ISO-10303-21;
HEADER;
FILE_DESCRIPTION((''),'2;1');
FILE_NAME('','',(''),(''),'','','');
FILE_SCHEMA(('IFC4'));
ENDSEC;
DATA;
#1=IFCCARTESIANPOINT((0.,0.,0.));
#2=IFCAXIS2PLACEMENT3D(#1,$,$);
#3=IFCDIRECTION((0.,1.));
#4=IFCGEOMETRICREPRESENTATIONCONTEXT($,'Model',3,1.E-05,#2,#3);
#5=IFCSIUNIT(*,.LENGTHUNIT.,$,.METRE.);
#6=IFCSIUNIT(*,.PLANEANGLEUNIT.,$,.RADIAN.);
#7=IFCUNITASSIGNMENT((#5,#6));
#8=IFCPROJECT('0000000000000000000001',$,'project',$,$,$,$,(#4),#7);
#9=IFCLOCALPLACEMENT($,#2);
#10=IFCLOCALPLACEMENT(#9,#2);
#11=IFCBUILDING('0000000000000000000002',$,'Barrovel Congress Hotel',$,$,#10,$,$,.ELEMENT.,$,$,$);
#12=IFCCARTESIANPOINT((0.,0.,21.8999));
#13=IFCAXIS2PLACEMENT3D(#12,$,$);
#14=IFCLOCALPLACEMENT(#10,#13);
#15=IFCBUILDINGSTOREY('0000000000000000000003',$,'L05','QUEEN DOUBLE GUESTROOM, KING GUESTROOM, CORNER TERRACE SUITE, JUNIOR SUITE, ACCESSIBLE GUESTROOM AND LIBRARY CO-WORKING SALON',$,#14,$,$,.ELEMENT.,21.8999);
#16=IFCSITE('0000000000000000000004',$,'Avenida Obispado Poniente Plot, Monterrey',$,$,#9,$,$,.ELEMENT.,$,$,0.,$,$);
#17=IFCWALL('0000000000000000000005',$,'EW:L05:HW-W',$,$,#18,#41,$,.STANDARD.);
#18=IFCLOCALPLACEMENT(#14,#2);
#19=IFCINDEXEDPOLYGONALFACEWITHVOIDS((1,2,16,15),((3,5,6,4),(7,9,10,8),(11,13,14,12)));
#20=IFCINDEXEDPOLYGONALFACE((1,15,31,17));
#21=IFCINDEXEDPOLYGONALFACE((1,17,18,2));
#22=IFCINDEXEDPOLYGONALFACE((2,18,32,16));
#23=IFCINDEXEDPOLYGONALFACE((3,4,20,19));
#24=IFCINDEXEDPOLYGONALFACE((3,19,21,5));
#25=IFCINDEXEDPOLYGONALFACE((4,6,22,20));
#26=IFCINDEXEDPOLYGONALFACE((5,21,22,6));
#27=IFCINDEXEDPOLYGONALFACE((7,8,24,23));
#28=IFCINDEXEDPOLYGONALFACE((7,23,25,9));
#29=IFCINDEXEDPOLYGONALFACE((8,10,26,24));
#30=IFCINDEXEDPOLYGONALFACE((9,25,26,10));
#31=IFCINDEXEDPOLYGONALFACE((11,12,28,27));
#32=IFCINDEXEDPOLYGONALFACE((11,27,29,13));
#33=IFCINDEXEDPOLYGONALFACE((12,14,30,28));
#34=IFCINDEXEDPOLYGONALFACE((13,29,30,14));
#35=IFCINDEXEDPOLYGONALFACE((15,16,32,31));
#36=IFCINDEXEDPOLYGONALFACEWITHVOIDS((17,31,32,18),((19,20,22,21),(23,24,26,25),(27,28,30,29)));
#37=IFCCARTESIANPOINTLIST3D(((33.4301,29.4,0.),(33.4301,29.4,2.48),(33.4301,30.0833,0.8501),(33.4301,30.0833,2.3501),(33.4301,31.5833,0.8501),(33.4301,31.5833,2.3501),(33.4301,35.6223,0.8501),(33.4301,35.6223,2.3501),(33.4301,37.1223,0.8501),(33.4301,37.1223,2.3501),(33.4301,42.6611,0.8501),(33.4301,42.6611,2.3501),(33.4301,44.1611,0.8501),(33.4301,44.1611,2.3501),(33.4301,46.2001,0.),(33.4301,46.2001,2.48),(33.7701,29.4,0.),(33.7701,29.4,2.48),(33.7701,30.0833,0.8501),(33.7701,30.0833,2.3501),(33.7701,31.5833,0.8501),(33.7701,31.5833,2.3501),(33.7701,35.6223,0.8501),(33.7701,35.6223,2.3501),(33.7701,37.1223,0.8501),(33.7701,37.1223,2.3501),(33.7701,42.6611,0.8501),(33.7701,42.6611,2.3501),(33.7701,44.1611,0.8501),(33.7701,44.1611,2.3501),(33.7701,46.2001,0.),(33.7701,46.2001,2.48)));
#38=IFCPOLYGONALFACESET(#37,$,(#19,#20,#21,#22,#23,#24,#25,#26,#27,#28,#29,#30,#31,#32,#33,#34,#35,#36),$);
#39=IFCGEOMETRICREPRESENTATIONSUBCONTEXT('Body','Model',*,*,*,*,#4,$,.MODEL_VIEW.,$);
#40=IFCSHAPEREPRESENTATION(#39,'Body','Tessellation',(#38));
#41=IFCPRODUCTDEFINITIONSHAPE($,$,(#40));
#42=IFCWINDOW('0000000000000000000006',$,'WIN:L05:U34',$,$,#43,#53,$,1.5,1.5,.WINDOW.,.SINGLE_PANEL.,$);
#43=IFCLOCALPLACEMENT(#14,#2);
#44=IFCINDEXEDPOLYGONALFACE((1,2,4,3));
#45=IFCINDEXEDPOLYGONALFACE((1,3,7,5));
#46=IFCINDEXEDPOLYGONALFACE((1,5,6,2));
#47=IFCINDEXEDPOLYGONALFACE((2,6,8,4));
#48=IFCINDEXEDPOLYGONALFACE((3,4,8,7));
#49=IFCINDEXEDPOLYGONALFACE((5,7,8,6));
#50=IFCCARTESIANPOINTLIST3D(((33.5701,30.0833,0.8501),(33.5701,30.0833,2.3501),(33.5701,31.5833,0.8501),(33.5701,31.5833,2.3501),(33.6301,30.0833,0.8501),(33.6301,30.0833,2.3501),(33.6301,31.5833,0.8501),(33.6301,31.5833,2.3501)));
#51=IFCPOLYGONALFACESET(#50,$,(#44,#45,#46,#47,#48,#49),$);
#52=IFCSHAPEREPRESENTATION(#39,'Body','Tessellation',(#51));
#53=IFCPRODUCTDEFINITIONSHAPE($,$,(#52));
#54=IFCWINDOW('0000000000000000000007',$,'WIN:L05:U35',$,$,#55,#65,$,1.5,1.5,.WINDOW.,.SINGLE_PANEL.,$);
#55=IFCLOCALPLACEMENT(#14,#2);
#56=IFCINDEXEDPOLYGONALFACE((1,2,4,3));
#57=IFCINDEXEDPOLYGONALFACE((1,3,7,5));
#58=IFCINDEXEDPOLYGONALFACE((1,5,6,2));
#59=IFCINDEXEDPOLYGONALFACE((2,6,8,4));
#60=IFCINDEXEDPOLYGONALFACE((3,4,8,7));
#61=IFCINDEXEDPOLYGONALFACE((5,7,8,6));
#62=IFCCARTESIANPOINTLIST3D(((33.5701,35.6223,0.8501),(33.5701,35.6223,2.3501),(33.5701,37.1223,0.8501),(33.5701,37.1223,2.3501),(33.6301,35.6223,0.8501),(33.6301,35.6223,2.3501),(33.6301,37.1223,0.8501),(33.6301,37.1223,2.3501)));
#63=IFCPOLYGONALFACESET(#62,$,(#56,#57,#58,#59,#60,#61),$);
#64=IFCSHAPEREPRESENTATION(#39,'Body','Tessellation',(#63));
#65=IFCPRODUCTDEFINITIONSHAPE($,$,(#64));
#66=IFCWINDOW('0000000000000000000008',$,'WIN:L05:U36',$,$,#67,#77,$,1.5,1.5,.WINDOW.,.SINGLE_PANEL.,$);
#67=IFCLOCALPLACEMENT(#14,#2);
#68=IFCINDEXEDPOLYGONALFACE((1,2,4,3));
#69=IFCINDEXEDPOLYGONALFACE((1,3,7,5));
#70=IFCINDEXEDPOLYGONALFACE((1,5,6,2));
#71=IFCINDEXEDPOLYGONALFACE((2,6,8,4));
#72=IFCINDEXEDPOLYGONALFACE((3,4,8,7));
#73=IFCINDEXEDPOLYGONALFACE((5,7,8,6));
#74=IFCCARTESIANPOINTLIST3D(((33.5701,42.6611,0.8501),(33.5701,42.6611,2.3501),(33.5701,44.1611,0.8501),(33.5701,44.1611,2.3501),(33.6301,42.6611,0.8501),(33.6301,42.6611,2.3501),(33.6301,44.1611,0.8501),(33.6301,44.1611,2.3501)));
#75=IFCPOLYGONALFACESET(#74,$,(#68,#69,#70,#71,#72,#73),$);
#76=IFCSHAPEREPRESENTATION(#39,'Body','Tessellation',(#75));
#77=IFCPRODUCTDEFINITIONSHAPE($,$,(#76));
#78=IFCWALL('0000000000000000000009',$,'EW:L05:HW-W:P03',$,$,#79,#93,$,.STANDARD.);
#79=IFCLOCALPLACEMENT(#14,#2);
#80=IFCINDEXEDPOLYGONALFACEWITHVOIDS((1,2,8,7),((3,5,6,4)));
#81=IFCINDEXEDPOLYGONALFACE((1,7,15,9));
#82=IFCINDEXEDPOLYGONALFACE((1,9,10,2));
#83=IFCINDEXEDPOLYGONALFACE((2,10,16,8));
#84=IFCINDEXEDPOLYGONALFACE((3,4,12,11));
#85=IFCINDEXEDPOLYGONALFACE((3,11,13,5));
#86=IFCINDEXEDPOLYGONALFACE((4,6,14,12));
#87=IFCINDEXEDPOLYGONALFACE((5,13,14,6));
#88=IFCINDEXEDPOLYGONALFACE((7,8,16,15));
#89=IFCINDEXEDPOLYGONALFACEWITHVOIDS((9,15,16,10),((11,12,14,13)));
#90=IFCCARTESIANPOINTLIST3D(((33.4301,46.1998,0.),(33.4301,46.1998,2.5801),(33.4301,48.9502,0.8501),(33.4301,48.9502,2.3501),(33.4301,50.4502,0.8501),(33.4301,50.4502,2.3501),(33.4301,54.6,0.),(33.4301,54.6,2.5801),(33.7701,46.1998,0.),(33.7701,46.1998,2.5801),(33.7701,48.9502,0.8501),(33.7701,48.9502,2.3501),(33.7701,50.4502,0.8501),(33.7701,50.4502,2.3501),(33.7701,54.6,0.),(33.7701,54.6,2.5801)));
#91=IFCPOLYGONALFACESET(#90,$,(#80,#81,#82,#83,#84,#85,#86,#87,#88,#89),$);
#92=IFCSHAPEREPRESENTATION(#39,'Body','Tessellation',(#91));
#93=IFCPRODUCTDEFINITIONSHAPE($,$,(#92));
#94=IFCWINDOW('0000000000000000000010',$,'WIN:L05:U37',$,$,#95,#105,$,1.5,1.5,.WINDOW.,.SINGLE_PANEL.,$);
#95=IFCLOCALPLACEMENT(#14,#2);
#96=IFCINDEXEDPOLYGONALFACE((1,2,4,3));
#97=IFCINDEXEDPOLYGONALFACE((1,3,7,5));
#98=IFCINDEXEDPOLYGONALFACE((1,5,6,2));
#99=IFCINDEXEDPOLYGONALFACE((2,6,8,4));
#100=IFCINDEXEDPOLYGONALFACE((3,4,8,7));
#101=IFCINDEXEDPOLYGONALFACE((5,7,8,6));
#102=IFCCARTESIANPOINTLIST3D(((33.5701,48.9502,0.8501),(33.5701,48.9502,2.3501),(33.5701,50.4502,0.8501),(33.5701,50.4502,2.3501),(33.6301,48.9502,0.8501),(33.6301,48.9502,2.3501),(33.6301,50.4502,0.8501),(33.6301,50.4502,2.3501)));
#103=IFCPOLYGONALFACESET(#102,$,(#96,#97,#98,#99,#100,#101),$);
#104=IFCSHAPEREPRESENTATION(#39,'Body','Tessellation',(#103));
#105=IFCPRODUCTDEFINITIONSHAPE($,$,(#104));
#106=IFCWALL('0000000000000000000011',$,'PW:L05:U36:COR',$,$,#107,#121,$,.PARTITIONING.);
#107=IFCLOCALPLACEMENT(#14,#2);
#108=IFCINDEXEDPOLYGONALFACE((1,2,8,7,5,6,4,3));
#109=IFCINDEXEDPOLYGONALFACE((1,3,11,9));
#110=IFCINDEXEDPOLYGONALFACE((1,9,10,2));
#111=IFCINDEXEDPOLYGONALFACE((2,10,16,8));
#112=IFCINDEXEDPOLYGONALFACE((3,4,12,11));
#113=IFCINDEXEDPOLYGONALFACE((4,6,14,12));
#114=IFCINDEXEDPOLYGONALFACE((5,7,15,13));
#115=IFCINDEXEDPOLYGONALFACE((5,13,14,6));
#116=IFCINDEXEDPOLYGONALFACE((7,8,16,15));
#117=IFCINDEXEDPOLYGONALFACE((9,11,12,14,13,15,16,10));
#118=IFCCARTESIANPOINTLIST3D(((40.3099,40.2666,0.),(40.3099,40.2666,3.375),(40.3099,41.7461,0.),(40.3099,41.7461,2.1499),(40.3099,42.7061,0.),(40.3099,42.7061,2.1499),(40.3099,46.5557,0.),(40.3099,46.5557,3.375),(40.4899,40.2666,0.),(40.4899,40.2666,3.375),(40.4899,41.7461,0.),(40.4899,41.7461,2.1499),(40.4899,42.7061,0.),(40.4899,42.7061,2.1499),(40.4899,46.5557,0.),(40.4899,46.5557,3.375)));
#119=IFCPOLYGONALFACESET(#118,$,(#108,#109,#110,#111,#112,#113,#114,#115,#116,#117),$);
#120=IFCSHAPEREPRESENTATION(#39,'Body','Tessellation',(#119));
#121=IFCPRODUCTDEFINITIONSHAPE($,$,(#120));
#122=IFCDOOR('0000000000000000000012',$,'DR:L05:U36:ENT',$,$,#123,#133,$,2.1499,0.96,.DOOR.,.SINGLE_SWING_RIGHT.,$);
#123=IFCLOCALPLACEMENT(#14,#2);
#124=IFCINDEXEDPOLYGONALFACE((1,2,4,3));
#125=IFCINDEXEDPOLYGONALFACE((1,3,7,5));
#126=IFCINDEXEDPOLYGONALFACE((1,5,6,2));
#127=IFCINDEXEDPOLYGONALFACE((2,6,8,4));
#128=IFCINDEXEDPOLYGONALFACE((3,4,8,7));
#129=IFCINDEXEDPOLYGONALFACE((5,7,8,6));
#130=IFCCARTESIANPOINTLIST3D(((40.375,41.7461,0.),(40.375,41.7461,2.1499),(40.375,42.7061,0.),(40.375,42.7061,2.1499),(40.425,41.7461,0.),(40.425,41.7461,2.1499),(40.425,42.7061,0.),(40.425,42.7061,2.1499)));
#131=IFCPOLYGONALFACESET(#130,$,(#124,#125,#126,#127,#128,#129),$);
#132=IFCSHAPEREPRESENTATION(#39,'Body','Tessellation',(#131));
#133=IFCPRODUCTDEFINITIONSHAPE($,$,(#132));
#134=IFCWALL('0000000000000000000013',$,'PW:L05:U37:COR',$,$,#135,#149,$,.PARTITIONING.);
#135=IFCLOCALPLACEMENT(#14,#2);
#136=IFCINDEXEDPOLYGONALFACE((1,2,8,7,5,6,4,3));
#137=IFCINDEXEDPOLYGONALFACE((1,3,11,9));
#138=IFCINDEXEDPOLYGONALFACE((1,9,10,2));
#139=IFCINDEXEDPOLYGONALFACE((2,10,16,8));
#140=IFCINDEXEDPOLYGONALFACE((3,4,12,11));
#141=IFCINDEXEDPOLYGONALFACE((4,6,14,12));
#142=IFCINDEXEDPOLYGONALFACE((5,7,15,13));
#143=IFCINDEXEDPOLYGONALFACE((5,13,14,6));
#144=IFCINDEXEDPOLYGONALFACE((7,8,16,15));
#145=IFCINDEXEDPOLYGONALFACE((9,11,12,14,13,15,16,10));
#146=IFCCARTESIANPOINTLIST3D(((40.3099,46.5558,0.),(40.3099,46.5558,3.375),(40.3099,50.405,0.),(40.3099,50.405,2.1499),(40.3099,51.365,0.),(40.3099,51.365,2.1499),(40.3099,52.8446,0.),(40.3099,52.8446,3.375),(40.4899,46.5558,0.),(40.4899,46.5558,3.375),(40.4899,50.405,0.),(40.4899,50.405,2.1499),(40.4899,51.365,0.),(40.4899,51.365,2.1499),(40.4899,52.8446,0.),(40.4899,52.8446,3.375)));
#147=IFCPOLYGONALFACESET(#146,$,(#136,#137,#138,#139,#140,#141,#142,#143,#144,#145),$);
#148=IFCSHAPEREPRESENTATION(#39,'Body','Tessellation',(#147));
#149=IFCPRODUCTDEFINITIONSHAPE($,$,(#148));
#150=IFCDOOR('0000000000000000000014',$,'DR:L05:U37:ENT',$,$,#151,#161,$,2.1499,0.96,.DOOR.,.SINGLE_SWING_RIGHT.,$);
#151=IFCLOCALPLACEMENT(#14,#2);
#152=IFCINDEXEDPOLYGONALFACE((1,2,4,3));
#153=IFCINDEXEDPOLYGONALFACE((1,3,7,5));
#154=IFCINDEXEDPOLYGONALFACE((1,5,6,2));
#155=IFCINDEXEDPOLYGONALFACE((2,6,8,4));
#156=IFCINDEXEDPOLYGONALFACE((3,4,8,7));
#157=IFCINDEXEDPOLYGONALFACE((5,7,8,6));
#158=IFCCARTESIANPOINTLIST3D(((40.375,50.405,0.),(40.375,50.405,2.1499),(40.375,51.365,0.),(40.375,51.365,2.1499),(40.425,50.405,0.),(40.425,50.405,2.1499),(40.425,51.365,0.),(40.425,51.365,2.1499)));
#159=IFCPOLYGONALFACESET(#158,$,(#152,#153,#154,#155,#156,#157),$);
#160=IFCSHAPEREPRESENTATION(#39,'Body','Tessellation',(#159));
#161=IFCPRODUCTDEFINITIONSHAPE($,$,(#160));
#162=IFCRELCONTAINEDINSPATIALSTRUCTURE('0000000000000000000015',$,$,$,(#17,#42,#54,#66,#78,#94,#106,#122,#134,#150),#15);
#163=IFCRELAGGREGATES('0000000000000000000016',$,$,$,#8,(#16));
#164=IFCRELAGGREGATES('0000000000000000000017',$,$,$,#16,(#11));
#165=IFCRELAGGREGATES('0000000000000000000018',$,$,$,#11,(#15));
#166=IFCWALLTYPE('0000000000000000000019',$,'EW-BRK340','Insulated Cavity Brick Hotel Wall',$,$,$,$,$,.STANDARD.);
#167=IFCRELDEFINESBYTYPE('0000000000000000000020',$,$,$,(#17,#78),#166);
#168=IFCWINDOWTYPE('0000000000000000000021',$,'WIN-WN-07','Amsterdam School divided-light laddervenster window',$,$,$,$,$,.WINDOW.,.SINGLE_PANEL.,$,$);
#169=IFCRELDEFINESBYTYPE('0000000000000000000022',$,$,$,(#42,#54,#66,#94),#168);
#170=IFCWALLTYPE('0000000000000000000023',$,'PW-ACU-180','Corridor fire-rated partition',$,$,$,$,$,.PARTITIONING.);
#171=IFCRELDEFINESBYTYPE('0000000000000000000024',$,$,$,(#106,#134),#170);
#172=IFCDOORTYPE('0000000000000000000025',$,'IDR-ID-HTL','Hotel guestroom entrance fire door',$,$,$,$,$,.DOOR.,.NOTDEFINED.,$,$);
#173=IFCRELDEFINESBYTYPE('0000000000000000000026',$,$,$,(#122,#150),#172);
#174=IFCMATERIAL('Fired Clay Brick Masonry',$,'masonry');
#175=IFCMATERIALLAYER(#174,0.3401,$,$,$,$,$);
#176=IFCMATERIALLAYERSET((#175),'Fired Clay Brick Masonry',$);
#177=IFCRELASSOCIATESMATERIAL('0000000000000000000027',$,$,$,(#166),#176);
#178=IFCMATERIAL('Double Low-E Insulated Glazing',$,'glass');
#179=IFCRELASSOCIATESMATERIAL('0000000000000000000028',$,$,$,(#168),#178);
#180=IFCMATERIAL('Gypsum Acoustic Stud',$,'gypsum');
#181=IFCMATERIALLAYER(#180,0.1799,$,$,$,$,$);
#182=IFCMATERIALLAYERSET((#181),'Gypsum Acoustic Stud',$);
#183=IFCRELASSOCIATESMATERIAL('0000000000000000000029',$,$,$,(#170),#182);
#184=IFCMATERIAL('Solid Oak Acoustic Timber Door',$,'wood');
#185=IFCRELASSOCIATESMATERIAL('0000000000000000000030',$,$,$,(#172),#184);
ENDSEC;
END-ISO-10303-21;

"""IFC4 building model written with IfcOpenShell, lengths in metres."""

from ifc_helpers import new_model, si_unit, direction, frame, frame_2d, origin, place, context, subcontext, project, spatial, rectangle, extrude, material, layer, layer_set, type_object, element, fill, save


model = new_model("IFC4")

# Units and contexts
model_context = context("Model", 3, precision=1e-05, world=origin(), true_north=direction((0.0, 1.0)))
body_context = subcontext(model_context, "Body", "Model", "MODEL_VIEW")
ifc_project = project(units=[si_unit("LENGTHUNIT", "METRE"), si_unit("PLANEANGLEUNIT", "RADIAN")], contexts=[model_context])

# Site, building, storey
site_placement = place(None, origin())
site = spatial("IfcSite", under=ifc_project, at=site_placement, Name="Avenida Obispado Poniente Plot, Monterrey", CompositionType="ELEMENT", RefElevation=0.0)
building_placement = place(site_placement, origin())
building = spatial("IfcBuilding", under=site, at=building_placement, Name="Barrovel Congress Hotel", CompositionType="ELEMENT")
storey_placement = place(building_placement, frame((0.0, 0.0, 21.8999)))
storey = spatial("IfcBuildingStorey", under=building, at=storey_placement, Name="L05", Description="QUEEN DOUBLE GUESTROOM, KING GUESTROOM, CORNER TERRACE SUITE, JUNIOR SUITE, ACCESSIBLE GUESTROOM AND LIBRARY CO-WORKING SALON", CompositionType="ELEMENT", Elevation=21.8999)

# Wall, openings, windows
ifc_material_1 = material(Name="Fired Clay Brick Masonry", Category="masonry")
ifc_layer_1 = layer(ifc_material_1, 0.3401)
ifc_layer_set_1 = layer_set([ifc_layer_1], Name="Fired Clay Brick Masonry")
wall_type_1 = type_object("IfcWallType", Name="EW-BRK340", Description="Insulated Cavity Brick Hotel Wall", PredefinedType="STANDARD", material=ifc_layer_set_1)
wall_1_placement = place(storey_placement, frame((33.6001, 46.2, 0.0), z_axis=(0.0, 0.0, 1.0), x_axis=(0.0, -1.0, 0.0)))
wall_1 = element("IfcWall", 1, at=wall_1_placement, inside=storey, type_object=wall_type_1, Name="EW:L05:HW-W", PredefinedType="STANDARD", context=body_context, shape_type="SweptSolid", body=[
    extrude(rectangle(XDim=16.8, YDim=0.3401, at=frame_2d((8.3999, 0.0))), origin(), (0.0, 0.0, 1.0), 2.48),
])
opening_1_placement = place(wall_1_placement, frame((14.6167, 0.0, 0.8501)))
opening_1 = element("IfcOpeningElement", 2, at=opening_1_placement, cuts=wall_1, PredefinedType="OPENING", context=body_context, shape_type="SweptSolid", body=[
    extrude(rectangle(XDim=1.5, YDim=1.5, at=frame_2d((0.75, 0.75))), frame((0.0, 0.1802, 0.0), z_axis=(0.0, -1.0, 0.0), x_axis=(1.0, 0.0, 0.0)), (0.0, 0.0, 1.0), 0.3601),
])
opening_2_placement = place(wall_1_placement, frame((9.0776, 0.0, 0.8501)))
opening_2 = element("IfcOpeningElement", 3, at=opening_2_placement, cuts=wall_1, PredefinedType="OPENING", context=body_context, shape_type="SweptSolid", body=[
    extrude(rectangle(XDim=1.5, YDim=1.5, at=frame_2d((0.75, 0.75))), frame((0.0, 0.1802, 0.0), z_axis=(0.0, -1.0, 0.0), x_axis=(1.0, 0.0, 0.0)), (0.0, 0.0, 1.0), 0.3601),
])
opening_3_placement = place(wall_1_placement, frame((2.0388, 0.0, 0.8501)))
opening_3 = element("IfcOpeningElement", 4, at=opening_3_placement, cuts=wall_1, PredefinedType="OPENING", context=body_context, shape_type="SweptSolid", body=[
    extrude(rectangle(XDim=1.5, YDim=1.5, at=frame_2d((0.75, 0.75))), frame((0.0, 0.1802, 0.0), z_axis=(0.0, -1.0, 0.0), x_axis=(1.0, 0.0, 0.0)), (0.0, 0.0, 1.0), 0.3601),
])
ifc_material_2 = material(Name="Double Low-E Insulated Glazing", Category="glass")
window_type = type_object("IfcWindowType", Name="WIN-WN-07", Description="Amsterdam School divided-light laddervenster window", PartitioningType="SINGLE_PANEL", PredefinedType="WINDOW", material=ifc_material_2)
window_1_placement = place(opening_1_placement, origin())
window_1 = element("IfcWindow", 5, at=window_1_placement, inside=storey, type_object=window_type, Name="WIN:L05:U34", OverallHeight=1.5, OverallWidth=1.5, PartitioningType="SINGLE_PANEL", PredefinedType="WINDOW", context=body_context, shape_type="SweptSolid", body=[
    extrude(rectangle(XDim=1.5, YDim=1.5, at=frame_2d((0.75, 0.75))), frame((0.0, 0.03, 0.0), z_axis=(0.0, -1.0, 0.0), x_axis=(1.0, 0.0, 0.0)), (0.0, 0.0, 1.0), 0.0601),
])
fill(opening_1, window_1)
window_2_placement = place(opening_2_placement, origin())
window_2 = element("IfcWindow", 6, at=window_2_placement, inside=storey, type_object=window_type, Name="WIN:L05:U35", OverallHeight=1.5, OverallWidth=1.5, PartitioningType="SINGLE_PANEL", PredefinedType="WINDOW", context=body_context, shape_type="SweptSolid", body=[
    extrude(rectangle(XDim=1.5, YDim=1.5, at=frame_2d((0.75, 0.75))), frame((0.0, 0.03, 0.0), z_axis=(0.0, -1.0, 0.0), x_axis=(1.0, 0.0, 0.0)), (0.0, 0.0, 1.0), 0.0601),
])
fill(opening_2, window_2)
window_3_placement = place(opening_3_placement, origin())
window_3 = element("IfcWindow", 7, at=window_3_placement, inside=storey, type_object=window_type, Name="WIN:L05:U36", OverallHeight=1.5, OverallWidth=1.5, PartitioningType="SINGLE_PANEL", PredefinedType="WINDOW", context=body_context, shape_type="SweptSolid", body=[
    extrude(rectangle(XDim=1.5, YDim=1.5, at=frame_2d((0.75, 0.75))), frame((0.0, 0.03, 0.0), z_axis=(0.0, -1.0, 0.0), x_axis=(1.0, 0.0, 0.0)), (0.0, 0.0, 1.0), 0.0601),
])
fill(opening_3, window_3)

# Wall, opening, window
wall_2_placement = place(storey_placement, frame((33.6001, 54.6001, 0.0), z_axis=(0.0, 0.0, 1.0), x_axis=(0.0, -1.0, 0.0)))
wall_2 = element("IfcWall", 8, at=wall_2_placement, inside=storey, type_object=wall_type_1, Name="EW:L05:HW-W:P03", PredefinedType="STANDARD", context=body_context, shape_type="SweptSolid", body=[
    extrude(rectangle(XDim=8.4001, YDim=0.3401, at=frame_2d((4.2002, 0.0))), origin(), (0.0, 0.0, 1.0), 2.5801),
])
opening_4_placement = place(wall_2_placement, frame((4.1499, 0.0, 0.8501)))
opening_4 = element("IfcOpeningElement", 9, at=opening_4_placement, cuts=wall_2, PredefinedType="OPENING", context=body_context, shape_type="SweptSolid", body=[
    extrude(rectangle(XDim=1.5, YDim=1.5, at=frame_2d((0.75, 0.75))), frame((0.0, 0.1802, 0.0), z_axis=(0.0, -1.0, 0.0), x_axis=(1.0, 0.0, 0.0)), (0.0, 0.0, 1.0), 0.3601),
])
window_4_placement = place(opening_4_placement, origin())
window_4 = element("IfcWindow", 10, at=window_4_placement, inside=storey, type_object=window_type, Name="WIN:L05:U37", OverallHeight=1.5, OverallWidth=1.5, PartitioningType="SINGLE_PANEL", PredefinedType="WINDOW", context=body_context, shape_type="SweptSolid", body=[
    extrude(rectangle(XDim=1.5, YDim=1.5, at=frame_2d((0.75, 0.75))), frame((0.0, 0.03, 0.0), z_axis=(0.0, -1.0, 0.0), x_axis=(1.0, 0.0, 0.0)), (0.0, 0.0, 1.0), 0.0601),
])
fill(opening_4, window_4)

# Walls, openings, doors
ifc_material_3 = material(Name="Gypsum Acoustic Stud", Category="gypsum")
ifc_layer_2 = layer(ifc_material_3, 0.1799)
ifc_layer_set_2 = layer_set([ifc_layer_2], Name="Gypsum Acoustic Stud")
wall_type_2 = type_object("IfcWallType", Name="PW-ACU-180", Description="Corridor fire-rated partition", PredefinedType="PARTITIONING", material=ifc_layer_set_2)
wall_3_placement = place(storey_placement, frame((40.3999, 40.2666, 0.0), z_axis=(0.0, 0.0, 1.0), x_axis=(0.0, 1.0, 0.0)))
wall_3 = element("IfcWall", 11, at=wall_3_placement, inside=storey, type_object=wall_type_2, Name="PW:L05:U36:COR", PredefinedType="PARTITIONING", context=body_context, shape_type="SweptSolid", body=[
    extrude(rectangle(XDim=6.2891, YDim=0.1799, at=frame_2d((3.1445, 0.0))), origin(), (0.0, 0.0, 1.0), 3.375),
])
opening_5_placement = place(wall_3_placement, frame((1.4795, 0.0, 0.0)))
opening_5 = element("IfcOpeningElement", 12, at=opening_5_placement, cuts=wall_3, PredefinedType="OPENING", context=body_context, shape_type="SweptSolid", body=[
    extrude(rectangle(XDim=0.96, YDim=2.1499, at=frame_2d((0.48, 1.075))), frame((0.0, 0.1001, 0.0), z_axis=(0.0, -1.0, 0.0), x_axis=(1.0, 0.0, 0.0)), (0.0, 0.0, 1.0), 0.2),
])
ifc_material_4 = material(Name="Solid Oak Acoustic Timber Door", Category="wood")
door_type_1 = type_object("IfcDoorType", Name="IDR-ID-HTL", Description="Hotel guestroom entrance fire door", OperationType="NOTDEFINED", PredefinedType="DOOR", material=ifc_material_4)
door_1_placement = place(opening_5_placement, origin())
door_1 = element("IfcDoor", 13, at=door_1_placement, inside=storey, type_object=door_type_1, Name="DR:L05:U36:ENT", OperationType="SINGLE_SWING_RIGHT", OverallHeight=2.1499, OverallWidth=0.96, PredefinedType="DOOR", context=body_context, shape_type="SweptSolid", body=[
    extrude(rectangle(XDim=0.96, YDim=2.1499, at=frame_2d((0.48, 1.075))), frame((0.0, 0.0249, 0.0), z_axis=(0.0, -1.0, 0.0), x_axis=(1.0, 0.0, 0.0)), (0.0, 0.0, 1.0), 0.05),
])
fill(opening_5, door_1)
wall_4_placement = place(storey_placement, frame((40.3999, 46.5557, 0.0), z_axis=(0.0, 0.0, 1.0), x_axis=(0.0, 1.0, 0.0)))
wall_4 = element("IfcWall", 14, at=wall_4_placement, inside=storey, type_object=wall_type_2, Name="PW:L05:U37:COR", PredefinedType="PARTITIONING", context=body_context, shape_type="SweptSolid", body=[
    extrude(rectangle(XDim=6.2888, YDim=0.1799, at=frame_2d((3.1445, 0.0))), origin(), (0.0, 0.0, 1.0), 3.375),
])
opening_6_placement = place(wall_4_placement, frame((3.8494, 0.0, 0.0)))
opening_6 = element("IfcOpeningElement", 15, at=opening_6_placement, cuts=wall_4, PredefinedType="OPENING", context=body_context, shape_type="SweptSolid", body=[
    extrude(rectangle(XDim=0.96, YDim=2.1499, at=frame_2d((0.48, 1.075))), frame((0.0, 0.1001, 0.0), z_axis=(0.0, -1.0, 0.0), x_axis=(1.0, 0.0, 0.0)), (0.0, 0.0, 1.0), 0.2),
])
door_2_placement = place(opening_6_placement, origin())
door_2 = element("IfcDoor", 16, at=door_2_placement, inside=storey, type_object=door_type_1, Name="DR:L05:U37:ENT", OperationType="SINGLE_SWING_RIGHT", OverallHeight=2.1499, OverallWidth=0.96, PredefinedType="DOOR", context=body_context, shape_type="SweptSolid", body=[
    extrude(rectangle(XDim=0.96, YDim=2.1499, at=frame_2d((0.48, 1.075))), frame((0.0, 0.0249, 0.0), z_axis=(0.0, -1.0, 0.0), x_axis=(1.0, 0.0, 0.0)), (0.0, 0.0, 1.0), 0.05),
])
fill(opening_6, door_2)

save(model, "model.ifc")
